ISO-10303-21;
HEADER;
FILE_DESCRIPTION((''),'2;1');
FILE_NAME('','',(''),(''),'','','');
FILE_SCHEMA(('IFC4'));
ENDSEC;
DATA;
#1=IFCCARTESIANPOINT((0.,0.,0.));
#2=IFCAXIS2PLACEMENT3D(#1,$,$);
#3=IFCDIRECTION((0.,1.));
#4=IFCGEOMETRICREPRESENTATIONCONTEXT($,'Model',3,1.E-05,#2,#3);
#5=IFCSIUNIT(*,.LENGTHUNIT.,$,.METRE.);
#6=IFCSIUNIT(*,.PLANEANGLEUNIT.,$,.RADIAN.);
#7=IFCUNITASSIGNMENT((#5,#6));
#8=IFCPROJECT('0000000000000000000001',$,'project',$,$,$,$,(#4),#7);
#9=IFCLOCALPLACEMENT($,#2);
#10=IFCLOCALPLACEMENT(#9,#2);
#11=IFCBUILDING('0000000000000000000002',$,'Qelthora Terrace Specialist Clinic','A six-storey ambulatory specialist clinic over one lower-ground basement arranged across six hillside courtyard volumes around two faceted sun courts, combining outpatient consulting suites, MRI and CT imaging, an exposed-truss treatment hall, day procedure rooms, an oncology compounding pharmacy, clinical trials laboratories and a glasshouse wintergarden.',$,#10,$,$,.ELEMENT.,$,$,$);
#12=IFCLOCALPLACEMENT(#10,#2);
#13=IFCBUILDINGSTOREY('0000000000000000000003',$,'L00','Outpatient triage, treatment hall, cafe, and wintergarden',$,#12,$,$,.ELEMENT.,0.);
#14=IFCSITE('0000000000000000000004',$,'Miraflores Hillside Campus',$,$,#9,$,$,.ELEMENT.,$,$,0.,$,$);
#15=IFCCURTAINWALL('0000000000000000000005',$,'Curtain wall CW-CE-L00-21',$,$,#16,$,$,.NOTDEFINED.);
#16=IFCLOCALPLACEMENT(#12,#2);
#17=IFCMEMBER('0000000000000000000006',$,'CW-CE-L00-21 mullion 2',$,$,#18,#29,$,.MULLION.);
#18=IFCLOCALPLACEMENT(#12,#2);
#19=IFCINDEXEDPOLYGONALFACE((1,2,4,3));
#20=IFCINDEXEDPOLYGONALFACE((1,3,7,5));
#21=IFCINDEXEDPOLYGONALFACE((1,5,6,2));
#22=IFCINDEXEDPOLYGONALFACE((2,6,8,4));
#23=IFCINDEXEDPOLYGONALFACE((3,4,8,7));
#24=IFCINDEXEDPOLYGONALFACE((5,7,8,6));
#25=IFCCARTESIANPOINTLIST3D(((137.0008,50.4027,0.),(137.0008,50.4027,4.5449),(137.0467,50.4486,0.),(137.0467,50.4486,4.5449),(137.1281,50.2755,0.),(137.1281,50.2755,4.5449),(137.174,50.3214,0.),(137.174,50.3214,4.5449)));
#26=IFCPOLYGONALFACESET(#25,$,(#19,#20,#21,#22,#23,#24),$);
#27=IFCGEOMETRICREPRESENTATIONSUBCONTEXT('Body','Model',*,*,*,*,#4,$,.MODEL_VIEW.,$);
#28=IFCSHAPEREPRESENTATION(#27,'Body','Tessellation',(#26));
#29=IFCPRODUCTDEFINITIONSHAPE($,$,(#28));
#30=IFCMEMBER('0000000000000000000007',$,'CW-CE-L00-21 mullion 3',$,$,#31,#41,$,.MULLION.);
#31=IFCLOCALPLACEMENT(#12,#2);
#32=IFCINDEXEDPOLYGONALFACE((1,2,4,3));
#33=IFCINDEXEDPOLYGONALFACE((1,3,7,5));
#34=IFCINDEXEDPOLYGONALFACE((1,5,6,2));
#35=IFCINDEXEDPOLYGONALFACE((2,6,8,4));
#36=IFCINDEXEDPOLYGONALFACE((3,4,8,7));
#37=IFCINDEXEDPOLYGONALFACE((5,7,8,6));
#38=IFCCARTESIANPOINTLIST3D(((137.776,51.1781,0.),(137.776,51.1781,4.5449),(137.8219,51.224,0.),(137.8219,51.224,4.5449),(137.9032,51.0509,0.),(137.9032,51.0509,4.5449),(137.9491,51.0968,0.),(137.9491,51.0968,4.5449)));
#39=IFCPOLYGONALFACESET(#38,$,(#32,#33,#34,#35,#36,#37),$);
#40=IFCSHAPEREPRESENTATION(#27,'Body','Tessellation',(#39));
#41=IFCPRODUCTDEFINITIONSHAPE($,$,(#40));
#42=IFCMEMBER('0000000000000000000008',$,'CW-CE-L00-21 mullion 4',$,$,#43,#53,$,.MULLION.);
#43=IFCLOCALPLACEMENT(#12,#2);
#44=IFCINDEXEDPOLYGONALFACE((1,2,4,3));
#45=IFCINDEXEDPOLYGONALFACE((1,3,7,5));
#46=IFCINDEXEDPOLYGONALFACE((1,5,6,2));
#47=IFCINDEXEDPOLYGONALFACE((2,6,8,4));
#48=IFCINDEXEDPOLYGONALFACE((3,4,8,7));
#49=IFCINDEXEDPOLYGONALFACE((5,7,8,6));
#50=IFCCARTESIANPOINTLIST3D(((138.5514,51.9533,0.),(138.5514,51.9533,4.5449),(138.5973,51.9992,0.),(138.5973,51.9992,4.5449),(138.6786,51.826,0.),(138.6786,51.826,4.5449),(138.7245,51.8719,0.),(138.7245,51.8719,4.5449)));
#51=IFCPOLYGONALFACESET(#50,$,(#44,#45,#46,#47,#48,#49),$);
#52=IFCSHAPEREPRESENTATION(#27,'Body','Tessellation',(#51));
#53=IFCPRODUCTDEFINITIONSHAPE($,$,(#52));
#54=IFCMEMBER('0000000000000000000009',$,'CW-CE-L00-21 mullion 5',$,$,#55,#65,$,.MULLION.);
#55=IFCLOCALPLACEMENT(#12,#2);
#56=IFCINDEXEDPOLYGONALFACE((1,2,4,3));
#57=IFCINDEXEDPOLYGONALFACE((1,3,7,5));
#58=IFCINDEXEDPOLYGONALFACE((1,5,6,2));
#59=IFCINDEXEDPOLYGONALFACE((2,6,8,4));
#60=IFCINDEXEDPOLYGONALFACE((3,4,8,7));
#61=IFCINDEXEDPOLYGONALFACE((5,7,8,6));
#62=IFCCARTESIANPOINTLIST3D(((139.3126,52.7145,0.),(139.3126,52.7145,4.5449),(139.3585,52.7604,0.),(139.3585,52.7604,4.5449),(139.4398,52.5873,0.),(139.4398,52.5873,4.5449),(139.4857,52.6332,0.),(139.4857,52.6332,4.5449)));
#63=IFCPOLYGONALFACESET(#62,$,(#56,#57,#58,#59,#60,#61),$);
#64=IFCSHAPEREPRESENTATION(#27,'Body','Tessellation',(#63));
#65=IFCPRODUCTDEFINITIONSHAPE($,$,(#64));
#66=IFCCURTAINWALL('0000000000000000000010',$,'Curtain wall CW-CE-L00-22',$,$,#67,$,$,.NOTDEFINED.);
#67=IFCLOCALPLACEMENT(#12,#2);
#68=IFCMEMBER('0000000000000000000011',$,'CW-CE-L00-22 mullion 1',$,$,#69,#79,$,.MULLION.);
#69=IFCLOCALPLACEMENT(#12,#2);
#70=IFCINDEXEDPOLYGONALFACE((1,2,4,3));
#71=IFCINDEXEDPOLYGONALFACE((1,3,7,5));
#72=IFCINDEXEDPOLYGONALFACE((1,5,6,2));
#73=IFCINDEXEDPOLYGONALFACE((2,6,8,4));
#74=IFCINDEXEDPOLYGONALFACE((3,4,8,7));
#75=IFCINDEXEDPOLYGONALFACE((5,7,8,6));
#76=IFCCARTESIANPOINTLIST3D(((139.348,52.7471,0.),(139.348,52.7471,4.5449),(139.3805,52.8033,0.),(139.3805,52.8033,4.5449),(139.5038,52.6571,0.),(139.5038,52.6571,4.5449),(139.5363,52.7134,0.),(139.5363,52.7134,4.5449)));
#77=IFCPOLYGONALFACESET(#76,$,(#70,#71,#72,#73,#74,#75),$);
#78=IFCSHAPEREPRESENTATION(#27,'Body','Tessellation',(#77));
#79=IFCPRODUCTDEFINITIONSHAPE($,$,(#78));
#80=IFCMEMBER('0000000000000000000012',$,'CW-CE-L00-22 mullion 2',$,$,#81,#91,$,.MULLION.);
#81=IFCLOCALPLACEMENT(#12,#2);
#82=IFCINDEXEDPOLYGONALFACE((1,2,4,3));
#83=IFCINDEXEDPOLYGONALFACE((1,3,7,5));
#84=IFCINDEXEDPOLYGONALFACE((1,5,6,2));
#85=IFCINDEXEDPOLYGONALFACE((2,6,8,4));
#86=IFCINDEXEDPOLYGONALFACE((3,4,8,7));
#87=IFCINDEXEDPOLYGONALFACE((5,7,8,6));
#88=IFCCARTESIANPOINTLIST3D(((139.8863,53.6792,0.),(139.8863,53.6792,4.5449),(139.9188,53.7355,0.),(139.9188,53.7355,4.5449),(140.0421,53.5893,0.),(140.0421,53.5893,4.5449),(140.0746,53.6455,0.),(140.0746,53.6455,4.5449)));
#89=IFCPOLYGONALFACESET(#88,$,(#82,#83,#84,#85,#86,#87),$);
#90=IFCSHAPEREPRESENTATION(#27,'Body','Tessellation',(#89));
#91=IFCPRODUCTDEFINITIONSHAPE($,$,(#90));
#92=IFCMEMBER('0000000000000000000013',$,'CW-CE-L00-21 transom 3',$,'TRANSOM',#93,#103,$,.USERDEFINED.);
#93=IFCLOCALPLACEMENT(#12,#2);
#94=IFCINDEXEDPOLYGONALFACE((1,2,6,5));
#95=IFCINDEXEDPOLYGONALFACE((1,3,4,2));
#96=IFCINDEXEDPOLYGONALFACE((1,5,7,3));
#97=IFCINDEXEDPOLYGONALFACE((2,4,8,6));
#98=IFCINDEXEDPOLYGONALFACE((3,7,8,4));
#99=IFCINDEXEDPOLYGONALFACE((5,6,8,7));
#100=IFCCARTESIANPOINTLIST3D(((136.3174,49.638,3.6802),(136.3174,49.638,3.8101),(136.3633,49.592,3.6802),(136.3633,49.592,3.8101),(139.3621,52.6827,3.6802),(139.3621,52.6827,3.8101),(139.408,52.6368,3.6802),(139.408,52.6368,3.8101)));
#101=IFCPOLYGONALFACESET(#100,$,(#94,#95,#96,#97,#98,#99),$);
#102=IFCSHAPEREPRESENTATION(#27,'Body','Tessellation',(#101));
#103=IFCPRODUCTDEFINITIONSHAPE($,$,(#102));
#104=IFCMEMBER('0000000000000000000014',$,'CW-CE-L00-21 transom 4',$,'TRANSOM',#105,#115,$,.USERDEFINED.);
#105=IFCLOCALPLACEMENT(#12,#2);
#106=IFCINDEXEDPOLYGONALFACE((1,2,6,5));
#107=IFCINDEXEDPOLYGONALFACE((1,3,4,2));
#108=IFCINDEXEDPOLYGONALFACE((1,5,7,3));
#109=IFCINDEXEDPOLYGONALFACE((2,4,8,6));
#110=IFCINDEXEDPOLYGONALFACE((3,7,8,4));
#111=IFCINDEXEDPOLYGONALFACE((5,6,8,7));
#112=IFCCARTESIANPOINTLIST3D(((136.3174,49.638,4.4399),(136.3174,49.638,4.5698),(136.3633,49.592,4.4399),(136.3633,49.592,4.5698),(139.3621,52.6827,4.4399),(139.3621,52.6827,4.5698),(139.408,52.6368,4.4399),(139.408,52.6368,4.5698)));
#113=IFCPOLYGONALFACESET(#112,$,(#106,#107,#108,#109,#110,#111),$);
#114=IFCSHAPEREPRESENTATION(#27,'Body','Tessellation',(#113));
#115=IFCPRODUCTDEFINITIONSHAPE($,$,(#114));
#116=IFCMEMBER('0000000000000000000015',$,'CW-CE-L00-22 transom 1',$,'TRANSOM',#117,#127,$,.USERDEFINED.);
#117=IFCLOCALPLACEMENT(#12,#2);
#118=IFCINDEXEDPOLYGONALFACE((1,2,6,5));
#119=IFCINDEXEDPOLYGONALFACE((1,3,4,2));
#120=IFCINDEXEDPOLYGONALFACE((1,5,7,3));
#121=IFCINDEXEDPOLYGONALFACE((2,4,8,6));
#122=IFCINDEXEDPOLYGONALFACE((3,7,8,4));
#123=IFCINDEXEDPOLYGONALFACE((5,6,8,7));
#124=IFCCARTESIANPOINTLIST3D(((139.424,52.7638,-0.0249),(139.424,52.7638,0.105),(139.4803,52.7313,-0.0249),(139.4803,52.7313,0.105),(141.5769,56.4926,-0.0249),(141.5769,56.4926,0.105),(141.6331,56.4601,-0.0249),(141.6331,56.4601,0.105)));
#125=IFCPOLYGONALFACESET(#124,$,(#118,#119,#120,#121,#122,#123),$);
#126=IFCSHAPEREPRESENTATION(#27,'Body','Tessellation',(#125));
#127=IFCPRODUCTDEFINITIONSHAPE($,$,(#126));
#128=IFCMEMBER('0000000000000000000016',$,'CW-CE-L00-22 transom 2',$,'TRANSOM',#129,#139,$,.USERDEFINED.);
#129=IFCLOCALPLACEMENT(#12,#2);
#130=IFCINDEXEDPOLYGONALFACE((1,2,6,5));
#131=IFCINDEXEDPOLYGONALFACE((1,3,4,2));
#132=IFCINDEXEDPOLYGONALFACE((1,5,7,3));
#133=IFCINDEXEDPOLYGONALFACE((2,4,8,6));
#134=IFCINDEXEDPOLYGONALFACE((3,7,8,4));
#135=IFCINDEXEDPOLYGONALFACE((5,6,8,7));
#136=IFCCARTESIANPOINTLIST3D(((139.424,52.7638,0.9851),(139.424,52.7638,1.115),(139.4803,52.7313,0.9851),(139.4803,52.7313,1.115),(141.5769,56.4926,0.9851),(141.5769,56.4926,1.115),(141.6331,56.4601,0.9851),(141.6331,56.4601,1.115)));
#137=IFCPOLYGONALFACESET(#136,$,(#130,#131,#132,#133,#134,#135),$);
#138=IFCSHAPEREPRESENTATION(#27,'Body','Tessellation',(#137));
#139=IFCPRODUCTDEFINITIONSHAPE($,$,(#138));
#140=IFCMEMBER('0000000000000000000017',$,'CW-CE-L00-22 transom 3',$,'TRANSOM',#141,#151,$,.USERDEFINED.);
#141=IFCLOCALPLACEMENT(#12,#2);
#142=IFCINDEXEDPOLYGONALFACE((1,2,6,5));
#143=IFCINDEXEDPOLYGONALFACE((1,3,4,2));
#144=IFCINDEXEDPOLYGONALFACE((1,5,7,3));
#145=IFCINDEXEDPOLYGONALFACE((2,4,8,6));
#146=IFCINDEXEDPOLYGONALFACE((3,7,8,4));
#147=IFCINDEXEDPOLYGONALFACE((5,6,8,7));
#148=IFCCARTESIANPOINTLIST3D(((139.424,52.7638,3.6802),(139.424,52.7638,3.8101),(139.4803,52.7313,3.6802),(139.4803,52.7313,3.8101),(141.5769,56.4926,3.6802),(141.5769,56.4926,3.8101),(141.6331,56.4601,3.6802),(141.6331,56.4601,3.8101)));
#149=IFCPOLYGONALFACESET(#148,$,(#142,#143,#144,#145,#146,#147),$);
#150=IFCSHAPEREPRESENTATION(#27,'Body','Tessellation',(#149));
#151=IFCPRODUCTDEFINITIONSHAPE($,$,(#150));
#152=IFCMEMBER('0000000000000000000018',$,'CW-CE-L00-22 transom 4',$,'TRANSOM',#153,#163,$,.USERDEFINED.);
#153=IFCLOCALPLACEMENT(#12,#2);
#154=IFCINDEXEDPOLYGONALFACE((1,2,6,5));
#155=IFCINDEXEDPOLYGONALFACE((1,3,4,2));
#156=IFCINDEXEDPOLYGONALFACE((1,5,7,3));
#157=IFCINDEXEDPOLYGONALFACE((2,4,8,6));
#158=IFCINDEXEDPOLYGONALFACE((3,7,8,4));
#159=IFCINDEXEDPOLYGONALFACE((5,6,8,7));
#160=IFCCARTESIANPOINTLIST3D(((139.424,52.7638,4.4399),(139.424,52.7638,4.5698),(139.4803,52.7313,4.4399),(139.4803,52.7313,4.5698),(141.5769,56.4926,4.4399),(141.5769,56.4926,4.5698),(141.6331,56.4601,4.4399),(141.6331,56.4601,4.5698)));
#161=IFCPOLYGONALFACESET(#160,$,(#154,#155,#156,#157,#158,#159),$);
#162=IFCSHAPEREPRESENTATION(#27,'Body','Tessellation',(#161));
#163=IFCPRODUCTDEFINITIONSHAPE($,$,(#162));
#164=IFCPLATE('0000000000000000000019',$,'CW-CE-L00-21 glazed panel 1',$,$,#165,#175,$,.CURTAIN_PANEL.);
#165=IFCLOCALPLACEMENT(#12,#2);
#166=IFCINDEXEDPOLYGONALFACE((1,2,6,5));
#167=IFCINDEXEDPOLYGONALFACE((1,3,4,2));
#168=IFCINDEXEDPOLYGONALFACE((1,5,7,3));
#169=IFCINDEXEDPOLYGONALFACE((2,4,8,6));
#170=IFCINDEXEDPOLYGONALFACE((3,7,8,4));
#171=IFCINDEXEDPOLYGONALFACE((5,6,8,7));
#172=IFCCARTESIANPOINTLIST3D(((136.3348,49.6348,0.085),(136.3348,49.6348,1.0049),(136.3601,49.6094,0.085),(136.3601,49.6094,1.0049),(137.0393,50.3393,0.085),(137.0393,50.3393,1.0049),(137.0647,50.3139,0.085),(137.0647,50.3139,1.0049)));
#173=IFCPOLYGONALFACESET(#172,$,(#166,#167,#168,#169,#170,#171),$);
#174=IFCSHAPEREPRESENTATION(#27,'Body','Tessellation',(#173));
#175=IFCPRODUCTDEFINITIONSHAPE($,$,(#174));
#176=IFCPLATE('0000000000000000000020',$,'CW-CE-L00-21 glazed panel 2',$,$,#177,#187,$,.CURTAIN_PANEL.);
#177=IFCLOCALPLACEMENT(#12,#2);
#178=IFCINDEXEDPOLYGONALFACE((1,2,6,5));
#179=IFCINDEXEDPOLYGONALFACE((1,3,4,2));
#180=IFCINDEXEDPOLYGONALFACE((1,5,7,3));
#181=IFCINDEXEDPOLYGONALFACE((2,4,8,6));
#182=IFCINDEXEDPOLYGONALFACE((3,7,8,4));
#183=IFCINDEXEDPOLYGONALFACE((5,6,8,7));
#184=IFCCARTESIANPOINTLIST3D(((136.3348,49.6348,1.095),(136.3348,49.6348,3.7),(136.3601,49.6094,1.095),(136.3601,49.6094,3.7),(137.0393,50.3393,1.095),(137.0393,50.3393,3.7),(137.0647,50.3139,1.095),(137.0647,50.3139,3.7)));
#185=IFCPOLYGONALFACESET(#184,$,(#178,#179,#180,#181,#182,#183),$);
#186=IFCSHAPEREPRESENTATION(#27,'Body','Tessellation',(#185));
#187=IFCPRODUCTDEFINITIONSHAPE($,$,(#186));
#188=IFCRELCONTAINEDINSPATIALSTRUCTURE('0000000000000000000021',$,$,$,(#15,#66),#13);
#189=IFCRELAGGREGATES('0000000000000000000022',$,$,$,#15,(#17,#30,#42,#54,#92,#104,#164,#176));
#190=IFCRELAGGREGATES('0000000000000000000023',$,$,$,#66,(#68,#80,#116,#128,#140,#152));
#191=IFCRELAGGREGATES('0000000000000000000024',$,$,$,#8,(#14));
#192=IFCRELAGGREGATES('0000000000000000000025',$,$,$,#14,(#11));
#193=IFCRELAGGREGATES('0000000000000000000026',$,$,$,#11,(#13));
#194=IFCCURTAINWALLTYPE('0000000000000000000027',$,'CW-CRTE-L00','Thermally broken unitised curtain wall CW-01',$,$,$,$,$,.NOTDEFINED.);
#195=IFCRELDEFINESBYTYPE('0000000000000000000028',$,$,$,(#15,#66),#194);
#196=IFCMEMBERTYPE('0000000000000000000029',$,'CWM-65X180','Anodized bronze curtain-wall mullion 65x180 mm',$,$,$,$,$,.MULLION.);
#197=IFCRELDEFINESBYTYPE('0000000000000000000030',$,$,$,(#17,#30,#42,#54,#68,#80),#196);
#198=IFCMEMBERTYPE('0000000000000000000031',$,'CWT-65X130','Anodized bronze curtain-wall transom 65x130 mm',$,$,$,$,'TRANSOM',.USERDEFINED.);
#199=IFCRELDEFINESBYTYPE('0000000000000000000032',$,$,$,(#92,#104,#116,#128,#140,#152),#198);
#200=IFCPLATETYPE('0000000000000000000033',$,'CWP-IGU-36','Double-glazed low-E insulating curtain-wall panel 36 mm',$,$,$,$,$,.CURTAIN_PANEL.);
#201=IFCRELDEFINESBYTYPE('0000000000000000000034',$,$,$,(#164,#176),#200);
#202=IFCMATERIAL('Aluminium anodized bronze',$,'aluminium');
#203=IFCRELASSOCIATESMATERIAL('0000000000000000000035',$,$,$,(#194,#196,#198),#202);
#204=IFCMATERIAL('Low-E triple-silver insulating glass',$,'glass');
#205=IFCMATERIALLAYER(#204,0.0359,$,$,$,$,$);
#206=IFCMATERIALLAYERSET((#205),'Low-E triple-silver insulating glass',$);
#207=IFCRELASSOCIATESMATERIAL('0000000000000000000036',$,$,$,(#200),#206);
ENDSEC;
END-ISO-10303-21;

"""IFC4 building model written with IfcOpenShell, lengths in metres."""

from ifc_helpers import new_model, si_unit, direction, frame, origin, origin_2d, place, context, subcontext, project, spatial, rectangle, extrude, material, layer, layer_set, material_profile, profile_set, type_object, element, aggregate, save


model = new_model("IFC4")

# Units and contexts
model_context = context("Model", 3, precision=1e-05, world=origin(), true_north=direction((0.0, 1.0)))
body_context = subcontext(model_context, "Body", "Model", "MODEL_VIEW")
ifc_project = project(units=[si_unit("LENGTHUNIT", "METRE"), si_unit("PLANEANGLEUNIT", "RADIAN")], contexts=[model_context])

# Site, building, storey
site_placement = place(None, origin())
site = spatial("IfcSite", under=ifc_project, at=site_placement, Name="Miraflores Hillside Campus", CompositionType="ELEMENT", RefElevation=0.0)
building_placement = place(site_placement, origin())
building = spatial("IfcBuilding", under=site, at=building_placement, Name="Qelthora Terrace Specialist Clinic", Description="A six-storey ambulatory specialist clinic over one lower-ground basement arranged across six hillside courtyard volumes around two faceted sun courts, combining outpatient consulting suites, MRI and CT imaging, an exposed-truss treatment hall, day procedure rooms, an oncology compounding pharmacy, clinical trials laboratories and a glasshouse wintergarden.", CompositionType="ELEMENT")
storey_placement = place(building_placement, origin())
storey = spatial("IfcBuildingStorey", under=building, at=storey_placement, Name="L00", Description="Outpatient triage, treatment hall, cafe, and wintergarden", CompositionType="ELEMENT", Elevation=0.0)

# Curtain walls, members
ifc_material_1 = material(Name="Aluminium anodized bronze", Category="aluminium")
curtain_wall_type = type_object("IfcCurtainWallType", Name="CW-CRTE-L00", Description="Thermally broken unitised curtain wall CW-01", PredefinedType="NOTDEFINED", material=ifc_material_1)
curtain_wall_1_placement = place(storey_placement, origin())
curtain_wall_1 = element("IfcCurtainWall", 1, at=curtain_wall_1_placement, inside=storey, type_object=curtain_wall_type, Name="Curtain wall CW-CE-L00-21", PredefinedType="NOTDEFINED")
ifc_material_profile_1 = material_profile(ifc_material_1, rectangle(XDim=0.0649, YDim=0.1799, at=origin_2d()), Name="CWM65X180")
ifc_profile_set_1 = profile_set([ifc_material_profile_1], Name="Aluminium anodized bronze")
member_type_1 = type_object("IfcMemberType", Name="CWM-65X180", Description="Anodized bronze curtain-wall mullion 65x180 mm", PredefinedType="MULLION", material=ifc_profile_set_1)
member_1_placement = place(storey_placement, frame((137.0874, 50.3621, 0.0), z_axis=(0.0, 0.0, 1.0), x_axis=(0.707107, 0.707107, 0.0)))
member_1 = element("IfcMember", 2, at=member_1_placement, type_object=member_type_1, Name="CW-CE-L00-21 mullion 2", PredefinedType="MULLION", context=body_context, shape_type="SweptSolid", body=[
    extrude(rectangle(XDim=0.0649, YDim=0.1799, at=origin_2d()), origin(), (0.0, 0.0, 1.0), 4.5449),
])
member_2_placement = place(storey_placement, frame((137.8625, 51.1375, 0.0), z_axis=(0.0, 0.0, 1.0), x_axis=(0.707107, 0.707107, 0.0)))
member_2 = element("IfcMember", 3, at=member_2_placement, type_object=member_type_1, Name="CW-CE-L00-21 mullion 3", PredefinedType="MULLION", context=body_context, shape_type="SweptSolid", body=[
    extrude(rectangle(XDim=0.0649, YDim=0.1799, at=origin_2d()), origin(), (0.0, 0.0, 1.0), 4.5449),
])
member_3_placement = place(storey_placement, frame((138.6379, 51.9126, 0.0), z_axis=(0.0, 0.0, 1.0), x_axis=(0.707107, 0.707107, 0.0)))
member_3 = element("IfcMember", 4, at=member_3_placement, type_object=member_type_1, Name="CW-CE-L00-21 mullion 4", PredefinedType="MULLION", context=body_context, shape_type="SweptSolid", body=[
    extrude(rectangle(XDim=0.0649, YDim=0.1799, at=origin_2d()), origin(), (0.0, 0.0, 1.0), 4.5449),
])
member_4_placement = place(storey_placement, frame((139.3992, 52.6738, 0.0), z_axis=(0.0, 0.0, 1.0), x_axis=(0.707107, 0.707107, 0.0)))
member_4 = element("IfcMember", 5, at=member_4_placement, type_object=member_type_1, Name="CW-CE-L00-21 mullion 5", PredefinedType="MULLION", context=body_context, shape_type="SweptSolid", body=[
    extrude(rectangle(XDim=0.0649, YDim=0.1799, at=origin_2d()), origin(), (0.0, 0.0, 1.0), 4.5449),
])
curtain_wall_2_placement = place(storey_placement, origin())
curtain_wall_2 = element("IfcCurtainWall", 6, at=curtain_wall_2_placement, inside=storey, type_object=curtain_wall_type, Name="Curtain wall CW-CE-L00-22", PredefinedType="NOTDEFINED")
member_5_placement = place(storey_placement, frame((139.4421, 52.7302, 0.0), z_axis=(0.0, 0.0, 1.0), x_axis=(0.5, 0.866025, 0.0)))
member_5 = element("IfcMember", 7, at=member_5_placement, type_object=member_type_1, Name="CW-CE-L00-22 mullion 1", PredefinedType="MULLION", context=body_context, shape_type="SweptSolid", body=[
    extrude(rectangle(XDim=0.0649, YDim=0.1799, at=origin_2d()), origin(), (0.0, 0.0, 1.0), 4.5449),
])
member_6_placement = place(storey_placement, frame((139.9805, 53.6624, 0.0), z_axis=(0.0, 0.0, 1.0), x_axis=(0.5, 0.866025, 0.0)))
member_6 = element("IfcMember", 8, at=member_6_placement, type_object=member_type_1, Name="CW-CE-L00-22 mullion 2", PredefinedType="MULLION", context=body_context, shape_type="SweptSolid", body=[
    extrude(rectangle(XDim=0.0649, YDim=0.1799, at=origin_2d()), origin(), (0.0, 0.0, 1.0), 4.5449),
])

# Members
ifc_material_profile_2 = material_profile(ifc_material_1, rectangle(XDim=0.0649, YDim=0.1299, at=origin_2d()), Name="CWT65X130")
ifc_profile_set_2 = profile_set([ifc_material_profile_2], Name="Aluminium anodized bronze")
member_type_2 = type_object("IfcMemberType", Name="CWT-65X130", Description="Anodized bronze curtain-wall transom 65x130 mm", ElementType="TRANSOM", PredefinedType="USERDEFINED", material=ifc_profile_set_2)
member_7_placement = place(storey_placement, frame((136.3403, 49.615, 3.7451), z_axis=(0.707107, 0.707107, 0.0), x_axis=(-0.707107, 0.707107, 0.0)))
member_7 = element("IfcMember", 9, at=member_7_placement, type_object=member_type_2, Name="CW-CE-L00-21 transom 3", ObjectType="TRANSOM", PredefinedType="USERDEFINED", context=body_context, shape_type="SweptSolid", body=[
    extrude(rectangle(XDim=0.0649, YDim=0.1299, at=origin_2d()), origin(), (0.0, 0.0, 1.0), 4.3059),
])
member_8_placement = place(storey_placement, frame((136.3403, 49.615, 4.5049), z_axis=(0.707107, 0.707107, 0.0), x_axis=(-0.707107, 0.707107, 0.0)))
member_8 = element("IfcMember", 10, at=member_8_placement, type_object=member_type_2, Name="CW-CE-L00-21 transom 4", ObjectType="TRANSOM", PredefinedType="USERDEFINED", context=body_context, shape_type="SweptSolid", body=[
    extrude(rectangle(XDim=0.0649, YDim=0.1299, at=origin_2d()), origin(), (0.0, 0.0, 1.0), 4.3059),
])
member_9_placement = place(storey_placement, frame((139.4521, 52.7476, 0.04), z_axis=(0.500006, 0.866022, 0.0), x_axis=(-0.866022, 0.500006, 0.0)))
member_9 = element("IfcMember", 11, at=member_9_placement, type_object=member_type_2, Name="CW-CE-L00-22 transom 1", ObjectType="TRANSOM", PredefinedType="USERDEFINED", context=body_context, shape_type="SweptSolid", body=[
    extrude(rectangle(XDim=0.0649, YDim=0.1299, at=origin_2d()), origin(), (0.0, 0.0, 1.0), 4.3057),
])
member_10_placement = place(storey_placement, frame((139.4521, 52.7476, 1.05), z_axis=(0.500006, 0.866022, 0.0), x_axis=(-0.866022, 0.500006, 0.0)))
member_10 = element("IfcMember", 12, at=member_10_placement, type_object=member_type_2, Name="CW-CE-L00-22 transom 2", ObjectType="TRANSOM", PredefinedType="USERDEFINED", context=body_context, shape_type="SweptSolid", body=[
    extrude(rectangle(XDim=0.0649, YDim=0.1299, at=origin_2d()), origin(), (0.0, 0.0, 1.0), 4.3057),
])
member_11_placement = place(storey_placement, frame((139.4521, 52.7476, 3.7451), z_axis=(0.500006, 0.866022, 0.0), x_axis=(-0.866022, 0.500006, 0.0)))
member_11 = element("IfcMember", 13, at=member_11_placement, type_object=member_type_2, Name="CW-CE-L00-22 transom 3", ObjectType="TRANSOM", PredefinedType="USERDEFINED", context=body_context, shape_type="SweptSolid", body=[
    extrude(rectangle(XDim=0.0649, YDim=0.1299, at=origin_2d()), origin(), (0.0, 0.0, 1.0), 4.3057),
])
member_12_placement = place(storey_placement, frame((139.4521, 52.7476, 4.5049), z_axis=(0.500006, 0.866022, 0.0), x_axis=(-0.866022, 0.500006, 0.0)))
member_12 = element("IfcMember", 14, at=member_12_placement, type_object=member_type_2, Name="CW-CE-L00-22 transom 4", ObjectType="TRANSOM", PredefinedType="USERDEFINED", context=body_context, shape_type="SweptSolid", body=[
    extrude(rectangle(XDim=0.0649, YDim=0.1299, at=origin_2d()), origin(), (0.0, 0.0, 1.0), 4.3057),
])

# Plates
ifc_material_2 = material(Name="Low-E triple-silver insulating glass", Category="glass")
ifc_layer = layer(ifc_material_2, 0.0359)
ifc_layer_set = layer_set([ifc_layer], Name="Low-E triple-silver insulating glass")
plate_type = type_object("IfcPlateType", Name="CWP-IGU-36", Description="Double-glazed low-E insulating curtain-wall panel 36 mm", PredefinedType="CURTAIN_PANEL", material=ifc_layer_set)
plate_1_placement = place(storey_placement, frame((136.6997, 49.9744, 0.085), z_axis=(0.0, 0.0, 1.0), x_axis=(0.707107, 0.707107, 0.0)))
plate_1 = element("IfcPlate", 15, at=plate_1_placement, type_object=plate_type, Name="CW-CE-L00-21 glazed panel 1", PredefinedType="CURTAIN_PANEL", context=body_context, shape_type="SweptSolid", body=[
    extrude(rectangle(XDim=0.9963, YDim=0.0359, at=origin_2d()), origin(), (0.0, 0.0, 1.0), 0.9199),
])
plate_2_placement = place(storey_placement, frame((136.6997, 49.9744, 1.095), z_axis=(0.0, 0.0, 1.0), x_axis=(0.707107, 0.707107, 0.0)))
plate_2 = element("IfcPlate", 16, at=plate_2_placement, type_object=plate_type, Name="CW-CE-L00-21 glazed panel 2", PredefinedType="CURTAIN_PANEL", context=body_context, shape_type="SweptSolid", body=[
    extrude(rectangle(XDim=0.9963, YDim=0.0359, at=origin_2d()), origin(), (0.0, 0.0, 1.0), 2.605),
])
aggregate(curtain_wall_1, [member_1, member_2, member_3, member_4, member_7, member_8, plate_1, plate_2])
aggregate(curtain_wall_2, [member_5, member_6, member_9, member_10, member_11, member_12])

save(model, "model.ifc")
